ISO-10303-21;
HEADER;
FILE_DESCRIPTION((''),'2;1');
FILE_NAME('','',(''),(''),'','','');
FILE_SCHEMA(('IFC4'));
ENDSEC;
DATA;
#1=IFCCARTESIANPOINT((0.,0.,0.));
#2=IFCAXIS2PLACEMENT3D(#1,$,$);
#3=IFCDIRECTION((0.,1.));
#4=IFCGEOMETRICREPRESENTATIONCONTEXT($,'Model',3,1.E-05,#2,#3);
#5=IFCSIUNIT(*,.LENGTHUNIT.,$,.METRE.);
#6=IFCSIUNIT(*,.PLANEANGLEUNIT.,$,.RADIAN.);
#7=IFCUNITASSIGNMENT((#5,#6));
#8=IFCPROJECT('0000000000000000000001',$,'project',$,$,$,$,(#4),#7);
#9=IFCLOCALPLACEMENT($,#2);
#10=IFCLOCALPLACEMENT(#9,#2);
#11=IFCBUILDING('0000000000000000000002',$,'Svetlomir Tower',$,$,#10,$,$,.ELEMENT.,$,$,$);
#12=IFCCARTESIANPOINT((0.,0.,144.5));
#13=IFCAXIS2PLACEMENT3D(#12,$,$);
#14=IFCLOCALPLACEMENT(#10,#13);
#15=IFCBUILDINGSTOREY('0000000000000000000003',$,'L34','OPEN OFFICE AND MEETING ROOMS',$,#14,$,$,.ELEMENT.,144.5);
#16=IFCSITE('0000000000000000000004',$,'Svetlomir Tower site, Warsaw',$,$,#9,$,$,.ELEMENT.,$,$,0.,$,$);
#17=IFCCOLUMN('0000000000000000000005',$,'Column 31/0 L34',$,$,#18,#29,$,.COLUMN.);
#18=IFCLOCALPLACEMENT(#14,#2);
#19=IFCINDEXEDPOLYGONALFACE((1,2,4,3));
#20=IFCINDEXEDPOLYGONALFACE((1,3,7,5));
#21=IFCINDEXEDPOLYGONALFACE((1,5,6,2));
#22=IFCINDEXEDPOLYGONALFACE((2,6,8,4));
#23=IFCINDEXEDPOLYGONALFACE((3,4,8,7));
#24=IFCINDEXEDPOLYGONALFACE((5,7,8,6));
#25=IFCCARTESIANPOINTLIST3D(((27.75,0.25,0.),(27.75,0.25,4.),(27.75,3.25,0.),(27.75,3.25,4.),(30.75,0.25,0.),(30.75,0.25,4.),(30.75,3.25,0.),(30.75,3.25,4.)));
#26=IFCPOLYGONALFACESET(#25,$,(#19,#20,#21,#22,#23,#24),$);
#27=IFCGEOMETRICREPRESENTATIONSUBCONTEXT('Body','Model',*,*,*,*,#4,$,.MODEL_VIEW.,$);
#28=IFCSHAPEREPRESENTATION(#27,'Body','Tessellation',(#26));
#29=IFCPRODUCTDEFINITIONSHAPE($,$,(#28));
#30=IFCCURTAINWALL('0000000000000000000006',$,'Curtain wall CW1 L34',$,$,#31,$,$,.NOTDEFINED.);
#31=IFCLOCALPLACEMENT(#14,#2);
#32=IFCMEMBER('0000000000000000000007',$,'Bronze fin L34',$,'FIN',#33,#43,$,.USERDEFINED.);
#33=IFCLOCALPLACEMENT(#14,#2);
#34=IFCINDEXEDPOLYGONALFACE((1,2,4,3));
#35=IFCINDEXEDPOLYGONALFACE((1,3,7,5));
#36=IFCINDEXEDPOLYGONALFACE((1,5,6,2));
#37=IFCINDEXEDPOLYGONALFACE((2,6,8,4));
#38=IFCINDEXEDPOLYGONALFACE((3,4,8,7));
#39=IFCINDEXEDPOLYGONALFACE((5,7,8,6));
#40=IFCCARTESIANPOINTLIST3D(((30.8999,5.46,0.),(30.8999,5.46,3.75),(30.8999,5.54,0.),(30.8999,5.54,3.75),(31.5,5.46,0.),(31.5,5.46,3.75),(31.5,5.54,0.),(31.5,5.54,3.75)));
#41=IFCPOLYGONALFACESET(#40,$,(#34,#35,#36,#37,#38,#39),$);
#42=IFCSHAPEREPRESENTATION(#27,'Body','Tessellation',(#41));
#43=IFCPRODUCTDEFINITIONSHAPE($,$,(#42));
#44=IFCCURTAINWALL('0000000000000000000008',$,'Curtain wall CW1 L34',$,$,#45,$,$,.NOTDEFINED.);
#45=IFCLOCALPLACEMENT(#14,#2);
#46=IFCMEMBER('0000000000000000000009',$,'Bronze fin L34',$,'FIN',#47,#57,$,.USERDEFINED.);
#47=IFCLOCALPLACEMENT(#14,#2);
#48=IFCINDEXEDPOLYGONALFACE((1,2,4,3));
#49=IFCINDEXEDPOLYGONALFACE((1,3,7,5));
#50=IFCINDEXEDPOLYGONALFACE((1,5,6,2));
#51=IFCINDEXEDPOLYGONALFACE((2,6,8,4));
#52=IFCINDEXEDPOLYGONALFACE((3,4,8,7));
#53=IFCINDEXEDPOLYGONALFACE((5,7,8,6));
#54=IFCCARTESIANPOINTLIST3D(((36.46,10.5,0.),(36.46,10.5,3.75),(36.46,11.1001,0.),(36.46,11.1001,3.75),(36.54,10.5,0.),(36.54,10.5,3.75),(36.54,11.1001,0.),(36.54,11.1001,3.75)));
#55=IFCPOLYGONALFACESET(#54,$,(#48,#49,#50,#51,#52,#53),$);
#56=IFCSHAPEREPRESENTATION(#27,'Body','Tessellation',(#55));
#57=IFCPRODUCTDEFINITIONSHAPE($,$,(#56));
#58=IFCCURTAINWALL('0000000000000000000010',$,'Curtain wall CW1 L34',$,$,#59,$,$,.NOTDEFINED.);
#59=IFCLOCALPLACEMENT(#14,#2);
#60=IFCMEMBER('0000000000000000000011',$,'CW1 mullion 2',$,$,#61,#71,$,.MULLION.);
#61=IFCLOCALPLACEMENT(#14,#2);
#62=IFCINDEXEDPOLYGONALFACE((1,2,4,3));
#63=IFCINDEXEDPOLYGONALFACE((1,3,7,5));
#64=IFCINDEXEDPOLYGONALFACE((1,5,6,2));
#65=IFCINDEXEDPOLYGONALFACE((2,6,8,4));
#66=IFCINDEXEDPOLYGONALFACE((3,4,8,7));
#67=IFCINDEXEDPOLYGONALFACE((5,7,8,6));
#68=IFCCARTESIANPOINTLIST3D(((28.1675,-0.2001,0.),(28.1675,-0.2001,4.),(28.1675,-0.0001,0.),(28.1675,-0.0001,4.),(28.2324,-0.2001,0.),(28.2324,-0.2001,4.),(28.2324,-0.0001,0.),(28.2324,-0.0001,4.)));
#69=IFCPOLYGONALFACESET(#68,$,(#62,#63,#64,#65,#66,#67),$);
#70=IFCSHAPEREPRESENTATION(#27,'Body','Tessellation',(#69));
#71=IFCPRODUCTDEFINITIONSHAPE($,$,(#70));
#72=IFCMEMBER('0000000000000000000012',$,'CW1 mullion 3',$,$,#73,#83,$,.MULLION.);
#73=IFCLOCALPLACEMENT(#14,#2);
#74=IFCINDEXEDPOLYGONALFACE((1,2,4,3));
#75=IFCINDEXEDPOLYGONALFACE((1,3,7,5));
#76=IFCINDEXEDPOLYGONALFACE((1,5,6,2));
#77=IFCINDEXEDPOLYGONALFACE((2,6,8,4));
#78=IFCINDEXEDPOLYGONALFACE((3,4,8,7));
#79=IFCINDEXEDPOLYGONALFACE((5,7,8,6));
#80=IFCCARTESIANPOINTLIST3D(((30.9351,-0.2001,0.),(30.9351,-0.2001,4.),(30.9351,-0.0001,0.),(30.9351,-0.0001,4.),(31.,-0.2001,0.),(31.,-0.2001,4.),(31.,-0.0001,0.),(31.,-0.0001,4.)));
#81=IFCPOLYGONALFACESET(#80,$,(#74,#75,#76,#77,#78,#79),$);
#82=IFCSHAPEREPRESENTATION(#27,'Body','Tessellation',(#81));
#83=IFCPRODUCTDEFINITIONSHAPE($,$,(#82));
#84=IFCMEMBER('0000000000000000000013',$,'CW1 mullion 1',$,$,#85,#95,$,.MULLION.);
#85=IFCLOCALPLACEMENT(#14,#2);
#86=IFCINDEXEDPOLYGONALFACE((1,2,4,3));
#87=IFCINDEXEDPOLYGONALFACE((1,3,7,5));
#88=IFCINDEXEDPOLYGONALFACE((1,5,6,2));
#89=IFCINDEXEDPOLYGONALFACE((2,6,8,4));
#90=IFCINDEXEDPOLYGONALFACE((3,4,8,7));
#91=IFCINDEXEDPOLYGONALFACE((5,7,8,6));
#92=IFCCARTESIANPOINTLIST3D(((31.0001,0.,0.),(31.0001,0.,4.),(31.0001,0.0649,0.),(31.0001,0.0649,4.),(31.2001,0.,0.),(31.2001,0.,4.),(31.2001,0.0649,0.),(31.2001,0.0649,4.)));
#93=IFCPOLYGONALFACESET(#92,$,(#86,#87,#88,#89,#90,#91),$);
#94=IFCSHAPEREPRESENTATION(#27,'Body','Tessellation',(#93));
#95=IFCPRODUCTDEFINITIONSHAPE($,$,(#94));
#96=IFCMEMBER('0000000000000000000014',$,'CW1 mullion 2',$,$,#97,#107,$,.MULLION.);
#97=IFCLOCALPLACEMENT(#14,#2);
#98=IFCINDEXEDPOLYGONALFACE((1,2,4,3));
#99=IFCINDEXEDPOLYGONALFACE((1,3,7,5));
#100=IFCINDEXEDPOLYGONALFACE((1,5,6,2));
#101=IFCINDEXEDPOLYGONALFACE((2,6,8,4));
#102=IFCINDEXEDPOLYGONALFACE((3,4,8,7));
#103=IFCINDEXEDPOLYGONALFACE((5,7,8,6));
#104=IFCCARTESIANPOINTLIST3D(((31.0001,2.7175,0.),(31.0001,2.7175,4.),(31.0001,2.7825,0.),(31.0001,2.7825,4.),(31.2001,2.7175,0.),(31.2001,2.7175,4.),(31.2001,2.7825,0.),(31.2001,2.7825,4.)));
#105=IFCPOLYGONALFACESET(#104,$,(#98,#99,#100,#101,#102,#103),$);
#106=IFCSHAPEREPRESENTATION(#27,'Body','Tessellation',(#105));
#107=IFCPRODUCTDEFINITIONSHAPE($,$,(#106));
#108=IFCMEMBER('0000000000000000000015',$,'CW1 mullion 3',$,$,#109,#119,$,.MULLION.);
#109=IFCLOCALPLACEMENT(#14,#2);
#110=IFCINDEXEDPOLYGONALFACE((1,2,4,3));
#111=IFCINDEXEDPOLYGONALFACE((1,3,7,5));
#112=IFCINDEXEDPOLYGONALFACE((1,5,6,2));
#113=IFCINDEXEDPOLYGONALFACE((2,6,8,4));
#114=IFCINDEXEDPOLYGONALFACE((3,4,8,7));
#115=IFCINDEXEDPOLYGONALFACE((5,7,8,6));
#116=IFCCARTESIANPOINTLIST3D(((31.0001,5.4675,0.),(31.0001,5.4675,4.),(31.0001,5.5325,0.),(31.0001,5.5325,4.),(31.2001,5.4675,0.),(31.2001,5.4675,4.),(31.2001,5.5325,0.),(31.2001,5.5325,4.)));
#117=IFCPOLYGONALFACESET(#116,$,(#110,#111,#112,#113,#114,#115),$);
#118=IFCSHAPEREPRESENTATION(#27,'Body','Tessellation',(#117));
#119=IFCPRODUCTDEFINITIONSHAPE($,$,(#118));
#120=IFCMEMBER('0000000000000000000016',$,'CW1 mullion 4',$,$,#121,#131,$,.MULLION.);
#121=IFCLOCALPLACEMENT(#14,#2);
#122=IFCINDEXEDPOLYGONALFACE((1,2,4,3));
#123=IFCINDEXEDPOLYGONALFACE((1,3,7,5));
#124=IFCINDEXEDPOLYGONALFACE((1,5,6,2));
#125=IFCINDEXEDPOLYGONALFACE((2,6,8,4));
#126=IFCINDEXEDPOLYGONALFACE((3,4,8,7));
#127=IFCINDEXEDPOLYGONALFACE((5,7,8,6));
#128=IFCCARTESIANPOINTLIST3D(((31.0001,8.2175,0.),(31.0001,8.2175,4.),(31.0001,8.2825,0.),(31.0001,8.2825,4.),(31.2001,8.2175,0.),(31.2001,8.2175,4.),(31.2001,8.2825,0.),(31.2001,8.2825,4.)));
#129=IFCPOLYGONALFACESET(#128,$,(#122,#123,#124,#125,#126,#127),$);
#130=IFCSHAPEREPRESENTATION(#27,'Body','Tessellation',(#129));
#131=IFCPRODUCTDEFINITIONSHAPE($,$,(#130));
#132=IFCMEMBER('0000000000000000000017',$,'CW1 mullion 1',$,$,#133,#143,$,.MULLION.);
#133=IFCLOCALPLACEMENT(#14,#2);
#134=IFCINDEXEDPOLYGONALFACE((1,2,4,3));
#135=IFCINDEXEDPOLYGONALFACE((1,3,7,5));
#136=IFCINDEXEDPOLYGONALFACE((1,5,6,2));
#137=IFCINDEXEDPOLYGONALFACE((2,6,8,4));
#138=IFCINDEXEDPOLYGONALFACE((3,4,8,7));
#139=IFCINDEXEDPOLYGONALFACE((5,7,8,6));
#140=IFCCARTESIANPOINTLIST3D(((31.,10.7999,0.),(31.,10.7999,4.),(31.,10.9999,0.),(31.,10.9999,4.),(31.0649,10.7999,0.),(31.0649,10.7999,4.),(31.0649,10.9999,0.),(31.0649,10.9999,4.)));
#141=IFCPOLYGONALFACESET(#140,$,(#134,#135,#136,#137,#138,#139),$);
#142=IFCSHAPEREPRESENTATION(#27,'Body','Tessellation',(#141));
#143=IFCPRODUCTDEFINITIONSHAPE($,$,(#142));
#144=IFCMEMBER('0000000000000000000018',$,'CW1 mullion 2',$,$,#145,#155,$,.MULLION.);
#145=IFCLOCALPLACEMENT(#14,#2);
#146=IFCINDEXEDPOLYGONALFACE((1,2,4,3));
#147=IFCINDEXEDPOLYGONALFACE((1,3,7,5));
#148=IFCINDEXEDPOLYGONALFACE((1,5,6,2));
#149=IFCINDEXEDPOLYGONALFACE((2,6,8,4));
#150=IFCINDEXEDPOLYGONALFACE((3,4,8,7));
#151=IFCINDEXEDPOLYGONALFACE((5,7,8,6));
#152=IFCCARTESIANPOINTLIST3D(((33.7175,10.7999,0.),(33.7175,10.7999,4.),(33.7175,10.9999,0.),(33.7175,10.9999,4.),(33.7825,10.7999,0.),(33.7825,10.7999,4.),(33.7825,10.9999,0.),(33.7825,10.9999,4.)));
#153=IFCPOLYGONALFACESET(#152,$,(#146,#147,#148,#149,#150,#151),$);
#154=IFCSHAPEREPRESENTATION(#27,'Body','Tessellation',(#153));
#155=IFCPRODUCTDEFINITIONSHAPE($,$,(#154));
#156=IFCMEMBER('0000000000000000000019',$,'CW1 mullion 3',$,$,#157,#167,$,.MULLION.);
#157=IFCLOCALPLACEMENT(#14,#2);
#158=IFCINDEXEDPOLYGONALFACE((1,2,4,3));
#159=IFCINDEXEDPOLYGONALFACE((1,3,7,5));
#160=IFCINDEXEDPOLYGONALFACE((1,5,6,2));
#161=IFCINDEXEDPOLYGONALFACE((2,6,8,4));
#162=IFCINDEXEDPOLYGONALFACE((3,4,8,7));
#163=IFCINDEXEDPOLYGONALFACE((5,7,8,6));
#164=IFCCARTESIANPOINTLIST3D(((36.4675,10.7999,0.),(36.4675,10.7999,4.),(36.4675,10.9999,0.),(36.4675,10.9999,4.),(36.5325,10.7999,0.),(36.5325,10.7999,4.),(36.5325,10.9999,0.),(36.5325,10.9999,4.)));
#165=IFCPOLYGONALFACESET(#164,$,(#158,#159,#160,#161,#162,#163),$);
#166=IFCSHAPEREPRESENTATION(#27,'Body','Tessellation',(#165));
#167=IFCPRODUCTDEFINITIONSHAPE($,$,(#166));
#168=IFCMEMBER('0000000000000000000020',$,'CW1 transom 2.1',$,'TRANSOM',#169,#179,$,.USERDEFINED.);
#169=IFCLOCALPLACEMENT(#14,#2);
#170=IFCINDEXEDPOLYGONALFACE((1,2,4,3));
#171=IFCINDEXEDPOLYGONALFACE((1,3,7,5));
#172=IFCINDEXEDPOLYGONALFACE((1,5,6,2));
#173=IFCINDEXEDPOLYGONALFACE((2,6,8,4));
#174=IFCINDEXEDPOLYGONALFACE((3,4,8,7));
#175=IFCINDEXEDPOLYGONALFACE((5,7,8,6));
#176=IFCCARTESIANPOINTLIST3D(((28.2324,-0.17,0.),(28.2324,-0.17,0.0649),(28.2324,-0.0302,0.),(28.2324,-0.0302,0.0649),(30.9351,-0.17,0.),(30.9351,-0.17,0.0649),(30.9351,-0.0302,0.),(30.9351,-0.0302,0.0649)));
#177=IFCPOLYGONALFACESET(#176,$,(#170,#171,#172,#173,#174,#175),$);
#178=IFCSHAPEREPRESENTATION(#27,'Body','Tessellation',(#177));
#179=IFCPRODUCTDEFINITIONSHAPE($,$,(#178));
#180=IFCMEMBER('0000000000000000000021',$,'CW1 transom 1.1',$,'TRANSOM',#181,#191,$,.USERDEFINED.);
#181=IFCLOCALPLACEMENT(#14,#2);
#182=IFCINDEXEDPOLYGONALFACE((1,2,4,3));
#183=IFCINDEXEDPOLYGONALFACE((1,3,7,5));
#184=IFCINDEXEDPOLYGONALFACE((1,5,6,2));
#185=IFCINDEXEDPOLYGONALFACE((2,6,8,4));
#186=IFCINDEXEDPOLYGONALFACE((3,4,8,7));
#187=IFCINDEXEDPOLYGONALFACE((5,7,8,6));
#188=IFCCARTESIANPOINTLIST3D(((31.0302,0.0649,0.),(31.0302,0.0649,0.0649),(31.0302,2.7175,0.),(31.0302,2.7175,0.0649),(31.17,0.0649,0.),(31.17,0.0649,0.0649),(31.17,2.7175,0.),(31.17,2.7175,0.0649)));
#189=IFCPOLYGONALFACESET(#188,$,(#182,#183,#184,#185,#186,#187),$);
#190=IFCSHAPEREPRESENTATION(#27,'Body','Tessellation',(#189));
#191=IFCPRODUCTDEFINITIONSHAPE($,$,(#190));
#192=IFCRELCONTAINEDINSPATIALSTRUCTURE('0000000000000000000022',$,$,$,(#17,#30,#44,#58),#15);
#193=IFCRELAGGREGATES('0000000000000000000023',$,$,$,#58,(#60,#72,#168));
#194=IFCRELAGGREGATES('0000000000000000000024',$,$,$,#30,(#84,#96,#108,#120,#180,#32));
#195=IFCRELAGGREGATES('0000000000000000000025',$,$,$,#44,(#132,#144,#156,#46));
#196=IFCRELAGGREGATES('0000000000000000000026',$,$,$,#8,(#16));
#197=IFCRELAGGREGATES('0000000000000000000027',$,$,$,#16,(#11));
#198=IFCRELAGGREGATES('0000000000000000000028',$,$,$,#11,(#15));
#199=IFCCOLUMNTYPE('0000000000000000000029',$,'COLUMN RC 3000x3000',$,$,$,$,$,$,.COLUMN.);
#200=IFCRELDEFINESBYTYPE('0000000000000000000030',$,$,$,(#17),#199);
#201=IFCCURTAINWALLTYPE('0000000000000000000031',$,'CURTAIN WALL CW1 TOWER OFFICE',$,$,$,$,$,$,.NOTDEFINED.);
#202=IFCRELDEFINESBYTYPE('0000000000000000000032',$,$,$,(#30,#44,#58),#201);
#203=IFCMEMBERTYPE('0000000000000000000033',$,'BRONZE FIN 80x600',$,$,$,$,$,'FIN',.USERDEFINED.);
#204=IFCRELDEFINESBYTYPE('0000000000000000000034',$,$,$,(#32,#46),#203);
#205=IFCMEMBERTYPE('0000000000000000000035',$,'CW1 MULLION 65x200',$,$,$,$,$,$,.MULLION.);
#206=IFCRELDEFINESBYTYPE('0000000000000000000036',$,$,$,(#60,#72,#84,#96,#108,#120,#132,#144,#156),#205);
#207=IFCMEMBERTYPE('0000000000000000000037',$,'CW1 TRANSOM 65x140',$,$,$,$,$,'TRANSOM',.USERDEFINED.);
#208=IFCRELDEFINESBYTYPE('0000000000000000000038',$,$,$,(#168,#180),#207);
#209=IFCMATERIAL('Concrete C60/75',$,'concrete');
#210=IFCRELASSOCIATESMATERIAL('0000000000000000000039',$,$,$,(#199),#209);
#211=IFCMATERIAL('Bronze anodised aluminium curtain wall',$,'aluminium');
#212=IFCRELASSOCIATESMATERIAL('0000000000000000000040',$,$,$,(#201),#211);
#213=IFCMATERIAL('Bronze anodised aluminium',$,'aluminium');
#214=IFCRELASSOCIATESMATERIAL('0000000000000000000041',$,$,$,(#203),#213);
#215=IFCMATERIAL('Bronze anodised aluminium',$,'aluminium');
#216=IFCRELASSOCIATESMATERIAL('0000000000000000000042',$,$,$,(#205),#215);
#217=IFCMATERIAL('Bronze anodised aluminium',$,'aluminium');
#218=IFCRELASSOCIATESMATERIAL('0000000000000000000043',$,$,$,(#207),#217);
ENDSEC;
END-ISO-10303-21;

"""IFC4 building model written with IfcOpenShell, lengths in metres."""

from ifc_helpers import new_model, si_unit, direction, frame, origin, origin_2d, place, context, subcontext, project, spatial, rectangle, extrude, material, material_profile, profile_set, type_object, element, aggregate, save


model = new_model("IFC4")

# Units and contexts
model_context = context("Model", 3, precision=1e-05, world=origin(), true_north=direction((0.0, 1.0)))
body_context = subcontext(model_context, "Body", "Model", "MODEL_VIEW")
ifc_project = project(units=[si_unit("LENGTHUNIT", "METRE"), si_unit("PLANEANGLEUNIT", "RADIAN")], contexts=[model_context])

# Site, building, storey
site_placement = place(None, origin())
site = spatial("IfcSite", under=ifc_project, at=site_placement, Name="Svetlomir Tower site, Warsaw", CompositionType="ELEMENT", RefElevation=0.0)
building_placement = place(site_placement, origin())
building = spatial("IfcBuilding", under=site, at=building_placement, Name="Svetlomir Tower", CompositionType="ELEMENT")
storey_placement = place(building_placement, frame((0.0, 0.0, 144.5)))
storey = spatial("IfcBuildingStorey", under=building, at=storey_placement, Name="L34", Description="OPEN OFFICE AND MEETING ROOMS", CompositionType="ELEMENT", Elevation=144.5)

# Column
ifc_material_1 = material(Name="Concrete C60/75", Category="concrete")
ifc_material_profile_1 = material_profile(ifc_material_1, rectangle(XDim=3.0, YDim=3.0, at=origin_2d()), Name="RC 3000x3000")
ifc_profile_set_1 = profile_set([ifc_material_profile_1], Name="Concrete C60/75")
column_type = type_object("IfcColumnType", Name="COLUMN RC 3000x3000", PredefinedType="COLUMN", material=ifc_profile_set_1)
column_placement = place(storey_placement, frame((29.25, 1.75, 0.0), z_axis=(0.0, 0.0, 1.0), x_axis=(1.0, 0.0, 0.0)))
element("IfcColumn", 1, at=column_placement, inside=storey, type_object=column_type, Name="Column 31/0 L34", PredefinedType="COLUMN", context=body_context, shape_type="SweptSolid", body=[
    extrude(rectangle(XDim=3.0, YDim=3.0, at=origin_2d()), origin(), (0.0, 0.0, 1.0), 4.0),
])

# Curtain walls, members
ifc_material_2 = material(Name="Bronze anodised aluminium curtain wall", Category="aluminium")
curtain_wall_type = type_object("IfcCurtainWallType", Name="CURTAIN WALL CW1 TOWER OFFICE", PredefinedType="NOTDEFINED", material=ifc_material_2)
curtain_wall_1_placement = place(storey_placement, origin())
curtain_wall_1 = element("IfcCurtainWall", 2, at=curtain_wall_1_placement, inside=storey, type_object=curtain_wall_type, Name="Curtain wall CW1 L34", PredefinedType="NOTDEFINED")
ifc_material_3 = material(Name="Bronze anodised aluminium", Category="aluminium")
ifc_material_profile_2 = material_profile(ifc_material_3, rectangle(XDim=0.0801, YDim=0.6001, at=origin_2d()), Name="FIN 80x600")
ifc_profile_set_2 = profile_set([ifc_material_profile_2], Name="Bronze anodised aluminium 6063-T6")
member_type_1 = type_object("IfcMemberType", Name="BRONZE FIN 80x600", ElementType="FIN", PredefinedType="USERDEFINED", material=ifc_profile_set_2)
member_1_placement = place(storey_placement, frame((31.2, 5.5, 0.0), z_axis=(0.0, 0.0, 1.0), x_axis=(0.0, 1.0, 0.0)))
member_1 = element("IfcMember", 3, at=member_1_placement, type_object=member_type_1, Name="Bronze fin L34", ObjectType="FIN", PredefinedType="USERDEFINED", context=body_context, shape_type="SweptSolid", body=[
    extrude(rectangle(XDim=0.0801, YDim=0.6001, at=origin_2d()), origin(), (0.0, 0.0, 1.0), 3.75),
])
curtain_wall_2_placement = place(storey_placement, origin())
curtain_wall_2 = element("IfcCurtainWall", 4, at=curtain_wall_2_placement, inside=storey, type_object=curtain_wall_type, Name="Curtain wall CW1 L34", PredefinedType="NOTDEFINED")
member_2_placement = place(storey_placement, frame((36.5, 10.8, 0.0), z_axis=(0.0, 0.0, 1.0), x_axis=(1.0, 0.0, 0.0)))
member_2 = element("IfcMember", 5, at=member_2_placement, type_object=member_type_1, Name="Bronze fin L34", ObjectType="FIN", PredefinedType="USERDEFINED", context=body_context, shape_type="SweptSolid", body=[
    extrude(rectangle(XDim=0.0801, YDim=0.6001, at=origin_2d()), origin(), (0.0, 0.0, 1.0), 3.75),
])

# Curtain wall, members
curtain_wall_3_placement = place(storey_placement, origin())
curtain_wall_3 = element("IfcCurtainWall", 6, at=curtain_wall_3_placement, inside=storey, type_object=curtain_wall_type, Name="Curtain wall CW1 L34", PredefinedType="NOTDEFINED")
ifc_material_4 = material(Name="Bronze anodised aluminium", Category="aluminium")
ifc_material_profile_3 = material_profile(ifc_material_4, rectangle(XDim=0.0649, YDim=0.2, at=origin_2d()), Name="AL 65x200")
ifc_profile_set_3 = profile_set([ifc_material_profile_3], Name="Bronze anodised aluminium 6063-T6")
member_type_2 = type_object("IfcMemberType", Name="CW1 MULLION 65x200", PredefinedType="MULLION", material=ifc_profile_set_3)
member_3_placement = place(storey_placement, frame((28.2, -0.1001, 0.0), z_axis=(0.0, 0.0, 1.0), x_axis=(1.0, 0.0, 0.0)))
member_3 = element("IfcMember", 7, at=member_3_placement, type_object=member_type_2, Name="CW1 mullion 2", PredefinedType="MULLION", context=body_context, shape_type="SweptSolid", body=[
    extrude(rectangle(XDim=0.0649, YDim=0.2, at=origin_2d()), origin(), (0.0, 0.0, 1.0), 4.0),
])
member_4_placement = place(storey_placement, frame((30.9675, -0.1001, 0.0), z_axis=(0.0, 0.0, 1.0), x_axis=(1.0, 0.0, 0.0)))
member_4 = element("IfcMember", 8, at=member_4_placement, type_object=member_type_2, Name="CW1 mullion 3", PredefinedType="MULLION", context=body_context, shape_type="SweptSolid", body=[
    extrude(rectangle(XDim=0.0649, YDim=0.2, at=origin_2d()), origin(), (0.0, 0.0, 1.0), 4.0),
])

# Members
member_5_placement = place(storey_placement, frame((31.1001, 0.0325, 0.0), z_axis=(0.0, 0.0, 1.0), x_axis=(0.0, 1.0, 0.0)))
member_5 = element("IfcMember", 9, at=member_5_placement, type_object=member_type_2, Name="CW1 mullion 1", PredefinedType="MULLION", context=body_context, shape_type="SweptSolid", body=[
    extrude(rectangle(XDim=0.0649, YDim=0.2, at=origin_2d()), origin(), (0.0, 0.0, 1.0), 4.0),
])
member_6_placement = place(storey_placement, frame((31.1001, 2.75, 0.0), z_axis=(0.0, 0.0, 1.0), x_axis=(0.0, 1.0, 0.0)))
member_6 = element("IfcMember", 10, at=member_6_placement, type_object=member_type_2, Name="CW1 mullion 2", PredefinedType="MULLION", context=body_context, shape_type="SweptSolid", body=[
    extrude(rectangle(XDim=0.0649, YDim=0.2, at=origin_2d()), origin(), (0.0, 0.0, 1.0), 4.0),
])
member_7_placement = place(storey_placement, frame((31.1001, 5.5, 0.0), z_axis=(0.0, 0.0, 1.0), x_axis=(0.0, 1.0, 0.0)))
member_7 = element("IfcMember", 11, at=member_7_placement, type_object=member_type_2, Name="CW1 mullion 3", PredefinedType="MULLION", context=body_context, shape_type="SweptSolid", body=[
    extrude(rectangle(XDim=0.0649, YDim=0.2, at=origin_2d()), origin(), (0.0, 0.0, 1.0), 4.0),
])
member_8_placement = place(storey_placement, frame((31.1001, 8.25, 0.0), z_axis=(0.0, 0.0, 1.0), x_axis=(0.0, 1.0, 0.0)))
member_8 = element("IfcMember", 12, at=member_8_placement, type_object=member_type_2, Name="CW1 mullion 4", PredefinedType="MULLION", context=body_context, shape_type="SweptSolid", body=[
    extrude(rectangle(XDim=0.0649, YDim=0.2, at=origin_2d()), origin(), (0.0, 0.0, 1.0), 4.0),
])
member_9_placement = place(storey_placement, frame((31.0325, 10.8999, 0.0), z_axis=(0.0, 0.0, 1.0), x_axis=(1.0, 0.0, 0.0)))
member_9 = element("IfcMember", 13, at=member_9_placement, type_object=member_type_2, Name="CW1 mullion 1", PredefinedType="MULLION", context=body_context, shape_type="SweptSolid", body=[
    extrude(rectangle(XDim=0.0649, YDim=0.2, at=origin_2d()), origin(), (0.0, 0.0, 1.0), 4.0),
])
member_10_placement = place(storey_placement, frame((33.75, 10.8999, 0.0), z_axis=(0.0, 0.0, 1.0), x_axis=(1.0, 0.0, 0.0)))
member_10 = element("IfcMember", 14, at=member_10_placement, type_object=member_type_2, Name="CW1 mullion 2", PredefinedType="MULLION", context=body_context, shape_type="SweptSolid", body=[
    extrude(rectangle(XDim=0.0649, YDim=0.2, at=origin_2d()), origin(), (0.0, 0.0, 1.0), 4.0),
])
member_11_placement = place(storey_placement, frame((36.5, 10.8999, 0.0), z_axis=(0.0, 0.0, 1.0), x_axis=(1.0, 0.0, 0.0)))
member_11 = element("IfcMember", 15, at=member_11_placement, type_object=member_type_2, Name="CW1 mullion 3", PredefinedType="MULLION", context=body_context, shape_type="SweptSolid", body=[
    extrude(rectangle(XDim=0.0649, YDim=0.2, at=origin_2d()), origin(), (0.0, 0.0, 1.0), 4.0),
])
ifc_material_5 = material(Name="Bronze anodised aluminium", Category="aluminium")
ifc_material_profile_4 = material_profile(ifc_material_5, rectangle(XDim=0.1399, YDim=0.0649, at=origin_2d()), Name="AL 140x65")
ifc_profile_set_4 = profile_set([ifc_material_profile_4], Name="Bronze anodised aluminium 6063-T6")
member_type_3 = type_object("IfcMemberType", Name="CW1 TRANSOM 65x140", ElementType="TRANSOM", PredefinedType="USERDEFINED", material=ifc_profile_set_4)
member_12_placement = place(storey_placement, frame((28.2324, -0.1001, 0.0325), z_axis=(1.0, 0.0, 0.0), x_axis=(0.0, 1.0, 0.0)))
member_12 = element("IfcMember", 16, at=member_12_placement, type_object=member_type_3, Name="CW1 transom 2.1", ObjectType="TRANSOM", PredefinedType="USERDEFINED", context=body_context, shape_type="SweptSolid", body=[
    extrude(rectangle(XDim=0.1399, YDim=0.0649, at=origin_2d()), origin(), (0.0, 0.0, 1.0), 2.7026),
])
member_13_placement = place(storey_placement, frame((31.1001, 0.0649, 0.0325), z_axis=(0.0, 1.0, 0.0), x_axis=(-1.0, 0.0, 0.0)))
member_13 = element("IfcMember", 17, at=member_13_placement, type_object=member_type_3, Name="CW1 transom 1.1", ObjectType="TRANSOM", PredefinedType="USERDEFINED", context=body_context, shape_type="SweptSolid", body=[
    extrude(rectangle(XDim=0.1399, YDim=0.0649, at=origin_2d()), origin(), (0.0, 0.0, 1.0), 2.6526),
])

aggregate(curtain_wall_3, [member_3, member_4, member_12])
aggregate(curtain_wall_1, [member_5, member_6, member_7, member_8, member_13, member_1])
aggregate(curtain_wall_2, [member_9, member_10, member_11, member_2])

save(model, "model.ifc")
